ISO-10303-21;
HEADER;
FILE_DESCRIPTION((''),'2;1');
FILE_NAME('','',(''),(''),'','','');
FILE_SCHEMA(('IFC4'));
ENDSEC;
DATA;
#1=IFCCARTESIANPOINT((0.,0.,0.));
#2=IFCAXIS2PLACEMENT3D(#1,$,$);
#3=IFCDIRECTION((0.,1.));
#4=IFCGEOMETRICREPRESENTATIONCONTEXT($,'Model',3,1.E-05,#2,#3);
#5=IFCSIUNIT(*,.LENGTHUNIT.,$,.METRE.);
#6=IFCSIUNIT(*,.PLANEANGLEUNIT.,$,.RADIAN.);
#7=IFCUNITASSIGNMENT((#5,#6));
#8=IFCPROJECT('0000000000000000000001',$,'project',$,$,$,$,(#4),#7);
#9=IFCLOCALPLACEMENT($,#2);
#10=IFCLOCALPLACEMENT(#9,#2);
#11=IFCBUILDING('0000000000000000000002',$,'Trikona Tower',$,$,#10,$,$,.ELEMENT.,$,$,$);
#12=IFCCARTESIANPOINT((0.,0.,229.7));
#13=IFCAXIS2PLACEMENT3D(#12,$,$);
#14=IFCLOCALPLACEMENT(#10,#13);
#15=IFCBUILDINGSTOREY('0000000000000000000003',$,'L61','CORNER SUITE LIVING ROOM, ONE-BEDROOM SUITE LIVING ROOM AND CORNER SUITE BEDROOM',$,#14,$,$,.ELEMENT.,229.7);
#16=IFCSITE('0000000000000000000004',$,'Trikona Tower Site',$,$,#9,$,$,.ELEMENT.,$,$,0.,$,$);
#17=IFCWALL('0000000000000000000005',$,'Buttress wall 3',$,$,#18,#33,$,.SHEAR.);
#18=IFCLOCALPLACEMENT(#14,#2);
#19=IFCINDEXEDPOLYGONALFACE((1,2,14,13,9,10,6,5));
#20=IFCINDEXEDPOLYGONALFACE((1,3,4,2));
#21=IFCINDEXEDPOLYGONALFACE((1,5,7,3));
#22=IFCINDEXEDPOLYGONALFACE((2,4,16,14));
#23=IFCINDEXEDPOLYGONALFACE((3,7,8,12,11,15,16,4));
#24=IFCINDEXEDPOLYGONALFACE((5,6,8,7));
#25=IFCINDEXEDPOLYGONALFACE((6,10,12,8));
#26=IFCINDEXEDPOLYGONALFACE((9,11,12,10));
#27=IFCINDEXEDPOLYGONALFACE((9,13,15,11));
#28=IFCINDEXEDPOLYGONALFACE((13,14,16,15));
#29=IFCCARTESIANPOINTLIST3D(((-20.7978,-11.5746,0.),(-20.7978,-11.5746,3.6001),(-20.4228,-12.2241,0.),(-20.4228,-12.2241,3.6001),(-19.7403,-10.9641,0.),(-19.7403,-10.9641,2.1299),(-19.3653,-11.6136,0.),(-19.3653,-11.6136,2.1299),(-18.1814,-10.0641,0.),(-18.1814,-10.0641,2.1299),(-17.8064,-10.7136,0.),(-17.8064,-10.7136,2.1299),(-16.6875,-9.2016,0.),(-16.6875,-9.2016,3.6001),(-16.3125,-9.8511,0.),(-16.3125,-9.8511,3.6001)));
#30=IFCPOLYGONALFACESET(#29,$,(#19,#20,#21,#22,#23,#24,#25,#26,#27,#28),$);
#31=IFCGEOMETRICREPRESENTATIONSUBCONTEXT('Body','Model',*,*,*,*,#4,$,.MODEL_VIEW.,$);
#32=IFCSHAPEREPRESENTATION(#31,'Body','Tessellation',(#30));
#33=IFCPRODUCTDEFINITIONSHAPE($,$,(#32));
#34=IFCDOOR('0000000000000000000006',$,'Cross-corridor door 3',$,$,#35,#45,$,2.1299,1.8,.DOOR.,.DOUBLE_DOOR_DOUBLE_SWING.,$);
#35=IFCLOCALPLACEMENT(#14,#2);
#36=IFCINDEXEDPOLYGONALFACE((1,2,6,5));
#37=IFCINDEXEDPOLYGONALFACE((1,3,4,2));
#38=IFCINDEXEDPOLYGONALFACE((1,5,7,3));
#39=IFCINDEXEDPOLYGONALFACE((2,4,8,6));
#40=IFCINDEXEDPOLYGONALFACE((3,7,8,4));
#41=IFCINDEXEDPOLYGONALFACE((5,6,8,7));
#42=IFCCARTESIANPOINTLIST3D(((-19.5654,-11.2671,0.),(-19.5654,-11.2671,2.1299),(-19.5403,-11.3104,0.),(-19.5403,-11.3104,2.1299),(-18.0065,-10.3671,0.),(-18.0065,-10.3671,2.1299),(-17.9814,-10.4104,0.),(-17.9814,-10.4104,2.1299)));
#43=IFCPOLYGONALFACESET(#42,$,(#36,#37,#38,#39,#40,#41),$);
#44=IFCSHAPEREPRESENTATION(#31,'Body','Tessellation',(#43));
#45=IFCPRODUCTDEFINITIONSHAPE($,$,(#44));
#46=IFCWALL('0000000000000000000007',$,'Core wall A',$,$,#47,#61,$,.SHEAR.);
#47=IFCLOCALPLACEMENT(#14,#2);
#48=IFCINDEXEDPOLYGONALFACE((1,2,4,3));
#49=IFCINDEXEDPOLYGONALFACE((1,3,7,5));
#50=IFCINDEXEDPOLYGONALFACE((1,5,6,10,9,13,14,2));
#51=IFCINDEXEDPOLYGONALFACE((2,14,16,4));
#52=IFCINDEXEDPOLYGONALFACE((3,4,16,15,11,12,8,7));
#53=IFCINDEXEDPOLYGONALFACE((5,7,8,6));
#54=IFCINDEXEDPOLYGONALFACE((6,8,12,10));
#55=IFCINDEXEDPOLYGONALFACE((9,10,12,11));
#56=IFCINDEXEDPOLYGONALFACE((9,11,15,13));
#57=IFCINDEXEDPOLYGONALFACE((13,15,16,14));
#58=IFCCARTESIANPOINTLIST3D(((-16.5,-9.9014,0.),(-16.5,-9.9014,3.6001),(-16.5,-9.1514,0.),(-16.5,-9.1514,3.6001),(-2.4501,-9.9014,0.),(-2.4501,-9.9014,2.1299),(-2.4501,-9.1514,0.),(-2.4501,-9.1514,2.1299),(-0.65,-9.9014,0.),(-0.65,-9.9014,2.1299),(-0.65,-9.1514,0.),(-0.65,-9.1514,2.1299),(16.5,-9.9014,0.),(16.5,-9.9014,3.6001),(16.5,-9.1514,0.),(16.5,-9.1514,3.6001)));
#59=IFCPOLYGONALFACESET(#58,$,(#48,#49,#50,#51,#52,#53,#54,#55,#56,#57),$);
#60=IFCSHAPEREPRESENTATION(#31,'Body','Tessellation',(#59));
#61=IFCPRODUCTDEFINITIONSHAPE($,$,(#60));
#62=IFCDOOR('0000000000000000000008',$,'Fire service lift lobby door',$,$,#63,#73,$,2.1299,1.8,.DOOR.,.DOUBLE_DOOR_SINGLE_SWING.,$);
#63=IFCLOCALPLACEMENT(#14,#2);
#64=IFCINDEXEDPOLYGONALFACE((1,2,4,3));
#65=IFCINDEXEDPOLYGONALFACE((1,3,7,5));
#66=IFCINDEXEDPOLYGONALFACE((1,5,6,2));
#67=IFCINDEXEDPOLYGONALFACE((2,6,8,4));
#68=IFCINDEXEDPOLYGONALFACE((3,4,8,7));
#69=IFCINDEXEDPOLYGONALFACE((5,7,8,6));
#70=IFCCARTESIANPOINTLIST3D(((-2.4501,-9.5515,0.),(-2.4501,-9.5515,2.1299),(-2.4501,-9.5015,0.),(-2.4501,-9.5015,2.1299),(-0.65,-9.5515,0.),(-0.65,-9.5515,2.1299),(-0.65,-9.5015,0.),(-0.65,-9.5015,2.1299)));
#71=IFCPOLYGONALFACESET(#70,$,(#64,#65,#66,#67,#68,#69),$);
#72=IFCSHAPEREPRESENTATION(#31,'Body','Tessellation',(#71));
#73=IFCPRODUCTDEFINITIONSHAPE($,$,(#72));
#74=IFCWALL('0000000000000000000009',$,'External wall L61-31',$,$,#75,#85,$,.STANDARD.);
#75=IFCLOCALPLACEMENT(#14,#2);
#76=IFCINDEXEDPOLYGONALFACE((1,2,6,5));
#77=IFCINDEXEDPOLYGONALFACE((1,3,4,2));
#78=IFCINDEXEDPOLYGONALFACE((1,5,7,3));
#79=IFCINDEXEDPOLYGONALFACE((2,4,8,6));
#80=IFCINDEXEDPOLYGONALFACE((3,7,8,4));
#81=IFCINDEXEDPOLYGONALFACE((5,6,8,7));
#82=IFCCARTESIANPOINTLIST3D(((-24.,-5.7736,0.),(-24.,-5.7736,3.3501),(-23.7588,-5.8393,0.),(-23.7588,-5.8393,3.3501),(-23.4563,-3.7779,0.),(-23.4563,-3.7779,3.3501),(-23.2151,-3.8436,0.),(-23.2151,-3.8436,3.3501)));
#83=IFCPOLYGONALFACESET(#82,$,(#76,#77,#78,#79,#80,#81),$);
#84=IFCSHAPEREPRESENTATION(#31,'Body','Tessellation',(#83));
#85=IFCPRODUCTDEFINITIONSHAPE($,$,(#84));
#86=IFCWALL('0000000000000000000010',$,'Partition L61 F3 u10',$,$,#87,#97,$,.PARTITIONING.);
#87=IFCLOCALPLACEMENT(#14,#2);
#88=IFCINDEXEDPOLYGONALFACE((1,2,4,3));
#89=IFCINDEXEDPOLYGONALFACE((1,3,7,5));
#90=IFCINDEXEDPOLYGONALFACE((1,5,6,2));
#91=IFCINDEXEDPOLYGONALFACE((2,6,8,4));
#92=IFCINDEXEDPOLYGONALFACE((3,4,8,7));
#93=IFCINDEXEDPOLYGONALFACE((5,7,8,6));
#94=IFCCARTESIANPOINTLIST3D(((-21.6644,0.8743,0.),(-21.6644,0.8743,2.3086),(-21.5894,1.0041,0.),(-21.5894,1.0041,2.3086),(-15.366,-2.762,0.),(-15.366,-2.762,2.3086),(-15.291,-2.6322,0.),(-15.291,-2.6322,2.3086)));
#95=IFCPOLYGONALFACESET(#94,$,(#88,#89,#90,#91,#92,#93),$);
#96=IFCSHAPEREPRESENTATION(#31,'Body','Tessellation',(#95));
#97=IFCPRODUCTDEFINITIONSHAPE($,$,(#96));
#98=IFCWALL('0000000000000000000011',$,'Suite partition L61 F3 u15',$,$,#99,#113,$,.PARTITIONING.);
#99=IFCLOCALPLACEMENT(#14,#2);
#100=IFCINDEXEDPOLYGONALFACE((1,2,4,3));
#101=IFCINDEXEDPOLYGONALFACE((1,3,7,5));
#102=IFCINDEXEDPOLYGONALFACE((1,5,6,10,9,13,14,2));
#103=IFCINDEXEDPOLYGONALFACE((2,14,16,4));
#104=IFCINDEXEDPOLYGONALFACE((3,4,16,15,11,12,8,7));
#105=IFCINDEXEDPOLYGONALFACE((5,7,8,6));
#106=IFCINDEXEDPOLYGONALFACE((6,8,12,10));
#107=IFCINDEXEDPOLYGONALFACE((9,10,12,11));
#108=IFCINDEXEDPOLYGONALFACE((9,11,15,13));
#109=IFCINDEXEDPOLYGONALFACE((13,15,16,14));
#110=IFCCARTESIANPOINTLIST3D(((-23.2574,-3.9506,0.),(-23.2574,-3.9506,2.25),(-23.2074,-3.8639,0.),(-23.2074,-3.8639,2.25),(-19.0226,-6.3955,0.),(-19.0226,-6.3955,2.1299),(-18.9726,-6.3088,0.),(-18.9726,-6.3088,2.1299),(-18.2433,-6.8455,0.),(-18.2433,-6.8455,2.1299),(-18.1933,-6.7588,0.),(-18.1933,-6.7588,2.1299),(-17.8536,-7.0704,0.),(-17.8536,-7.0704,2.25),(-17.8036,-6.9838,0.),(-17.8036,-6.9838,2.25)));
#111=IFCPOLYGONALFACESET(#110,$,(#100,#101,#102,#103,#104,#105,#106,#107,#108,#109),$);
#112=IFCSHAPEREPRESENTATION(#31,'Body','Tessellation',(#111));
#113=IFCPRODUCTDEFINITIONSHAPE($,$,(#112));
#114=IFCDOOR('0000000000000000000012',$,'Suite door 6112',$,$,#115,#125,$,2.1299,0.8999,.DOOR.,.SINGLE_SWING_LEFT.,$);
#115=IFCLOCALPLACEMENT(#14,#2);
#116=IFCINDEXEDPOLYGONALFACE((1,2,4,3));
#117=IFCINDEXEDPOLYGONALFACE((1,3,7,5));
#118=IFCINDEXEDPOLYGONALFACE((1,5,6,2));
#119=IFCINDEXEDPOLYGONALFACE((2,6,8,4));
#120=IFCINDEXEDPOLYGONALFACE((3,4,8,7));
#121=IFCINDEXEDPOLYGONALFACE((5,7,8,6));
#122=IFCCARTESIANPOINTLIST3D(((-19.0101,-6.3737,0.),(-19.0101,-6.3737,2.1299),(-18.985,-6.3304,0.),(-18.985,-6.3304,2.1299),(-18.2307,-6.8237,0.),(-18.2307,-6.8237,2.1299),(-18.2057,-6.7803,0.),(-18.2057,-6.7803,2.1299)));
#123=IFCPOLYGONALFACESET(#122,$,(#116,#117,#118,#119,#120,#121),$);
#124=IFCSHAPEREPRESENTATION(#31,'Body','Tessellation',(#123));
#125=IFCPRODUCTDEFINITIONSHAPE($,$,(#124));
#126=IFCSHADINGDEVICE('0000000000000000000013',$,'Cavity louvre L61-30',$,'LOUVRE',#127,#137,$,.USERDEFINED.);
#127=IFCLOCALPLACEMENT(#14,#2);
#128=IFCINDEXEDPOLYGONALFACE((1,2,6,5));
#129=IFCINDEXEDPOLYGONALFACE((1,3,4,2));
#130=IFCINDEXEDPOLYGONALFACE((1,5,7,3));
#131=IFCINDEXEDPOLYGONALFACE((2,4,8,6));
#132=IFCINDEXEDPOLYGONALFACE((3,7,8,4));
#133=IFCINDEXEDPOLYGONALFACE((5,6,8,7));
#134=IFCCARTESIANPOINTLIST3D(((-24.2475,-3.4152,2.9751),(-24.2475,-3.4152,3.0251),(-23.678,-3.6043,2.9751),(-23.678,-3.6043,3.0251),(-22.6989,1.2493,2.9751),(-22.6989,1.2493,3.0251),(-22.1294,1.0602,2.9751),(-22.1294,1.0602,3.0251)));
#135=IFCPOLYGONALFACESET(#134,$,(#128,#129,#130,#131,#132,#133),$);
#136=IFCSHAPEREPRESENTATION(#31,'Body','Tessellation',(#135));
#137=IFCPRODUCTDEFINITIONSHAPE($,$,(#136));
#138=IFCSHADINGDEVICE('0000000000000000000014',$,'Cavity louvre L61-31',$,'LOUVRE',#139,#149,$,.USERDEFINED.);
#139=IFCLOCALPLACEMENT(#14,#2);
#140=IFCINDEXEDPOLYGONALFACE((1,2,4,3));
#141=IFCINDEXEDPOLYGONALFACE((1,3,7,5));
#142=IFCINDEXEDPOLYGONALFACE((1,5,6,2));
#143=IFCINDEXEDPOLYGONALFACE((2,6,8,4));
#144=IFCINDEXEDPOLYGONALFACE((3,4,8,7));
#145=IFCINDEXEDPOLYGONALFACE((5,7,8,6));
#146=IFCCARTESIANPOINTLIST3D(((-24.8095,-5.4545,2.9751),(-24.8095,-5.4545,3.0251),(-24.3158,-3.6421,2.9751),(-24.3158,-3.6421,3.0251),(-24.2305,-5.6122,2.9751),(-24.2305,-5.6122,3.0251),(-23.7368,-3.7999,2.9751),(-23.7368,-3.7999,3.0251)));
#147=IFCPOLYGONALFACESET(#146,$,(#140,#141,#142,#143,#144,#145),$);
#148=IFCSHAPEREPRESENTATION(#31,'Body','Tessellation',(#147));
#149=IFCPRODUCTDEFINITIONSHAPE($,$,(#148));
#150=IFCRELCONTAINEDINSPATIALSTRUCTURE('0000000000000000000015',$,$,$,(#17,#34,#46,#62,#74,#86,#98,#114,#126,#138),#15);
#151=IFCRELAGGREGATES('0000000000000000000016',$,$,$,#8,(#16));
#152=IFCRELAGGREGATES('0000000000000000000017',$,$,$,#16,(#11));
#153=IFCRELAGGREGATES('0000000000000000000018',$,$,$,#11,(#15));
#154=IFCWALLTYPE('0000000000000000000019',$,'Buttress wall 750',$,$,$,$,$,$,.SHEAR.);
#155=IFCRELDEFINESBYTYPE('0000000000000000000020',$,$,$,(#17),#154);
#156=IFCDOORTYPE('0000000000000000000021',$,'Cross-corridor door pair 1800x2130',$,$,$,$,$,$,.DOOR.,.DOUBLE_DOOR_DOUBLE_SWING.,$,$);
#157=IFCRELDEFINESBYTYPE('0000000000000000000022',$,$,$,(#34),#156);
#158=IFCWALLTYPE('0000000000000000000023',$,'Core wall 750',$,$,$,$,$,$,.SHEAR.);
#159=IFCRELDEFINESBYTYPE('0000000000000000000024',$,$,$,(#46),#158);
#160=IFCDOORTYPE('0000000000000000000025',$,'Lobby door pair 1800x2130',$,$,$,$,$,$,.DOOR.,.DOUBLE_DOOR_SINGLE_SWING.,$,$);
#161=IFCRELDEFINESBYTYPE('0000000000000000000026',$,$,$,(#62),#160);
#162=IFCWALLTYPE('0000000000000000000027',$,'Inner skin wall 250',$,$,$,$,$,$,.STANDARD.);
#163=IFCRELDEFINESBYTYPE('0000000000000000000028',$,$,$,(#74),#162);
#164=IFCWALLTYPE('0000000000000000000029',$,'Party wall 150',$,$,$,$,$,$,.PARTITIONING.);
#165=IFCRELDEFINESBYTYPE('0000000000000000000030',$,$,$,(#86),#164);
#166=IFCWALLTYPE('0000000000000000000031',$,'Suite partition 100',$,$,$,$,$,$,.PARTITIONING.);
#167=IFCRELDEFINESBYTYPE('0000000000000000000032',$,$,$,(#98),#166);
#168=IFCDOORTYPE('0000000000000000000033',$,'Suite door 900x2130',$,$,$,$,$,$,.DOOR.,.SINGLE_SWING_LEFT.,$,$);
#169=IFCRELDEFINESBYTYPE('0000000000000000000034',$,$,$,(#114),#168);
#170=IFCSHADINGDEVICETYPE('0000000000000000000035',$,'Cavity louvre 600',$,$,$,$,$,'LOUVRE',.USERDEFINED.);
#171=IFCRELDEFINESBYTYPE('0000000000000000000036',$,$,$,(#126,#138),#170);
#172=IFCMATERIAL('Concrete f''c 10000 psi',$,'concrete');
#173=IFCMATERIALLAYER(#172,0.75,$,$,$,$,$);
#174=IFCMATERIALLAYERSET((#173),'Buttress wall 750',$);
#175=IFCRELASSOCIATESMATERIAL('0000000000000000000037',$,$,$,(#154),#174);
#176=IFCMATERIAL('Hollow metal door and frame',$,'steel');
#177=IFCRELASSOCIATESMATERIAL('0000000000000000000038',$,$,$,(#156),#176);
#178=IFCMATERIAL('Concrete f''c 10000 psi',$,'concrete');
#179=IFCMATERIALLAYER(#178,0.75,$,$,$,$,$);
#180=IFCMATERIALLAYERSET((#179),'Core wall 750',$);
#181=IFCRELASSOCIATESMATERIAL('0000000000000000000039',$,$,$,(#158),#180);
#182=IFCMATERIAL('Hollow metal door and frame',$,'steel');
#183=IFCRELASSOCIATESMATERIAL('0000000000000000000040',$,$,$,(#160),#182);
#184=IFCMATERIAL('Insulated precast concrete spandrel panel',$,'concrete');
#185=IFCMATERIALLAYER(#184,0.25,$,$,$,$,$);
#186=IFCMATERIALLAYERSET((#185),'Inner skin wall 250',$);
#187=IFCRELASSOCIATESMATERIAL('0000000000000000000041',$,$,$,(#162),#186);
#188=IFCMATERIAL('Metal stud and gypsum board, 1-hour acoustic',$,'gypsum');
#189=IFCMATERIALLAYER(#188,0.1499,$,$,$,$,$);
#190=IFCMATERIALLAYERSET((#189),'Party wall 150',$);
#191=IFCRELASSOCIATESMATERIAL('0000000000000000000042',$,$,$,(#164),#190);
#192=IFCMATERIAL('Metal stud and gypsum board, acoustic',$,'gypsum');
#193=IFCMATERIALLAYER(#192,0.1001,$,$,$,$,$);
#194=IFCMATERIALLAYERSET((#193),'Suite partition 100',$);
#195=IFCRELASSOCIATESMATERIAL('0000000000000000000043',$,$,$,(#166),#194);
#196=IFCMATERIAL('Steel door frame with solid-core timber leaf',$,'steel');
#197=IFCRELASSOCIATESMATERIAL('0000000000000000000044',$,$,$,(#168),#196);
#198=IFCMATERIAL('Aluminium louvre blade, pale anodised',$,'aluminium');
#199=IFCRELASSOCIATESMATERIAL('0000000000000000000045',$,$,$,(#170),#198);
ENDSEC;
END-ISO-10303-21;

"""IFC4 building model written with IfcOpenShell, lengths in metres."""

from ifc_helpers import new_model, si_unit, direction, frame, frame_2d, origin, origin_2d, place, context, subcontext, project, spatial, rectangle, extrude, material, layer, layer_set, type_object, element, fill, save


model = new_model("IFC4")

# Units and contexts
model_context = context("Model", 3, precision=1e-05, world=origin(), true_north=direction((0.0, 1.0)))
body_context = subcontext(model_context, "Body", "Model", "MODEL_VIEW")
ifc_project = project(units=[si_unit("LENGTHUNIT", "METRE"), si_unit("PLANEANGLEUNIT", "RADIAN")], contexts=[model_context])

# Site, building, storey
site_placement = place(None, origin())
site = spatial("IfcSite", under=ifc_project, at=site_placement, Name="Trikona Tower Site", CompositionType="ELEMENT", RefElevation=0.0)
building_placement = place(site_placement, origin())
building = spatial("IfcBuilding", under=site, at=building_placement, Name="Trikona Tower", CompositionType="ELEMENT")
storey_placement = place(building_placement, frame((0.0, 0.0, 229.7)))
storey = spatial("IfcBuildingStorey", under=building, at=storey_placement, Name="L61", Description="CORNER SUITE LIVING ROOM, ONE-BEDROOM SUITE LIVING ROOM AND CORNER SUITE BEDROOM", CompositionType="ELEMENT", Elevation=229.7)

# Walls, openings, doors
ifc_material_1 = material(Name="Concrete f'c 10000 psi", Category="concrete")
ifc_layer_1 = layer(ifc_material_1, 0.75)
ifc_layer_set_1 = layer_set([ifc_layer_1], Name="Buttress wall 750")
wall_type_1 = type_object("IfcWallType", Name="Buttress wall 750", PredefinedType="SHEAR", material=ifc_layer_set_1)
wall_1_placement = place(storey_placement, frame((-16.5, -9.5264, 0.0), z_axis=(0.0, 0.0, 1.0), x_axis=(-0.866031, -0.49999, 0.0)))
wall_1 = element("IfcWall", 1, at=wall_1_placement, inside=storey, type_object=wall_type_1, Name="Buttress wall 3", PredefinedType="SHEAR", context=body_context, shape_type="SweptSolid", body=[
    extrude(rectangle(XDim=4.7461, YDim=0.75, at=frame_2d((2.373, 0.0))), origin(), (0.0, 0.0, 1.0), 3.6001),
])
opening_1_placement = place(wall_1_placement, frame((1.7251, 0.0, 0.0)))
opening_1 = element("IfcOpeningElement", 2, at=opening_1_placement, cuts=wall_1, PredefinedType="OPENING", context=body_context, shape_type="SweptSolid", body=[
    extrude(rectangle(XDim=1.8, YDim=2.1299, at=frame_2d((0.8999, 1.0649))), frame((0.0, 0.385, 0.0), z_axis=(0.0, -1.0, 0.0), x_axis=(1.0, 0.0, 0.0)), (0.0, 0.0, 1.0), 0.77),
])
ifc_material_2 = material(Name="Hollow metal door and frame", Category="steel")
door_type_1 = type_object("IfcDoorType", Name="Cross-corridor door pair 1800x2130", OperationType="DOUBLE_DOOR_DOUBLE_SWING", PredefinedType="DOOR", material=ifc_material_2)
door_1_placement = place(opening_1_placement, origin())
door_1 = element("IfcDoor", 3, at=door_1_placement, inside=storey, type_object=door_type_1, Name="Cross-corridor door 3", OperationType="DOUBLE_DOOR_DOUBLE_SWING", OverallHeight=2.1299, OverallWidth=1.8, PredefinedType="DOOR", context=body_context, shape_type="SweptSolid", body=[
    extrude(rectangle(XDim=1.8, YDim=2.1299, at=frame_2d((0.8999, 1.0649))), frame((0.0, 0.0249, 0.0), z_axis=(0.0, -1.0, 0.0), x_axis=(1.0, 0.0, 0.0)), (0.0, 0.0, 1.0), 0.05),
])
fill(opening_1, door_1)
ifc_material_3 = material(Name="Concrete f'c 10000 psi", Category="concrete")
ifc_layer_2 = layer(ifc_material_3, 0.75)
ifc_layer_set_2 = layer_set([ifc_layer_2], Name="Core wall 750")
wall_type_2 = type_object("IfcWallType", Name="Core wall 750", PredefinedType="SHEAR", material=ifc_layer_set_2)
wall_2_placement = place(storey_placement, frame((-16.5, -9.5264, 0.0), z_axis=(0.0, 0.0, 1.0), x_axis=(1.0, 0.0, 0.0)))
wall_2 = element("IfcWall", 4, at=wall_2_placement, inside=storey, type_object=wall_type_2, Name="Core wall A", PredefinedType="SHEAR", context=body_context, shape_type="SweptSolid", body=[
    extrude(rectangle(XDim=33.0, YDim=0.75, at=frame_2d((16.5, 0.0))), origin(), (0.0, 0.0, 1.0), 3.6001),
])
opening_2_placement = place(wall_2_placement, frame((14.05, 0.0, 0.0)))
opening_2 = element("IfcOpeningElement", 5, at=opening_2_placement, cuts=wall_2, PredefinedType="OPENING", context=body_context, shape_type="SweptSolid", body=[
    extrude(rectangle(XDim=1.8, YDim=2.1299, at=frame_2d((0.8999, 1.0649))), frame((0.0, 0.385, 0.0), z_axis=(0.0, -1.0, 0.0), x_axis=(1.0, 0.0, 0.0)), (0.0, 0.0, 1.0), 0.77),
])
ifc_material_4 = material(Name="Hollow metal door and frame", Category="steel")
door_type_2 = type_object("IfcDoorType", Name="Lobby door pair 1800x2130", OperationType="DOUBLE_DOOR_SINGLE_SWING", PredefinedType="DOOR", material=ifc_material_4)
door_2_placement = place(opening_2_placement, origin())
door_2 = element("IfcDoor", 6, at=door_2_placement, inside=storey, type_object=door_type_2, Name="Fire service lift lobby door", OperationType="DOUBLE_DOOR_SINGLE_SWING", OverallHeight=2.1299, OverallWidth=1.8, PredefinedType="DOOR", context=body_context, shape_type="SweptSolid", body=[
    extrude(rectangle(XDim=1.8, YDim=2.1299, at=frame_2d((0.8999, 1.0649))), frame((0.0, 0.0249, 0.0), z_axis=(0.0, -1.0, 0.0), x_axis=(1.0, 0.0, 0.0)), (0.0, 0.0, 1.0), 0.05),
])
fill(opening_2, door_2)

# Walls
ifc_material_5 = material(Name="Insulated precast concrete spandrel panel", Category="concrete")
ifc_layer_3 = layer(ifc_material_5, 0.25)
ifc_layer_set_3 = layer_set([ifc_layer_3], Name="Inner skin wall 250")
wall_type_3 = type_object("IfcWallType", Name="Inner skin wall 250", PredefinedType="STANDARD", material=ifc_layer_set_3)
wall_3_placement = place(storey_placement, frame((-23.3357, -3.8108, 0.0), z_axis=(0.0, 0.0, 1.0), x_axis=(-0.262868, -0.964832, 0.0)))
element("IfcWall", 7, at=wall_3_placement, inside=storey, type_object=wall_type_3, Name="External wall L61-31", PredefinedType="STANDARD", context=body_context, shape_type="SweptSolid", body=[
    extrude(rectangle(XDim=2.0684, YDim=0.25, at=frame_2d((1.0342, 0.0))), origin(), (0.0, 0.0, 1.0), 3.3501),
])
ifc_material_6 = material(Name="Metal stud and gypsum board, 1-hour acoustic", Category="gypsum")
ifc_layer_4 = layer(ifc_material_6, 0.1499)
ifc_layer_set_4 = layer_set([ifc_layer_4], Name="Party wall 150")
wall_type_4 = type_object("IfcWallType", Name="Party wall 150", PredefinedType="PARTITIONING", material=ifc_layer_set_4)
wall_4_placement = place(storey_placement, frame((-15.3286, -2.697, 0.0), z_axis=(0.0, 0.0, 1.0), x_axis=(-0.866032, 0.499988, 0.0)))
element("IfcWall", 8, at=wall_4_placement, inside=storey, type_object=wall_type_4, Name="Partition L61 F3 u10", PredefinedType="PARTITIONING", context=body_context, shape_type="SweptSolid", body=[
    extrude(rectangle(XDim=7.2727, YDim=0.1499, at=frame_2d((3.6362, 0.0))), origin(), (0.0, 0.0, 1.0), 2.3086),
])

# Wall, opening, door
ifc_material_7 = material(Name="Metal stud and gypsum board, acoustic", Category="gypsum")
ifc_layer_5 = layer(ifc_material_7, 0.1001)
ifc_layer_set_5 = layer_set([ifc_layer_5], Name="Suite partition 100")
wall_type_5 = type_object("IfcWallType", Name="Suite partition 100", PredefinedType="PARTITIONING", material=ifc_layer_set_5)
wall_5_placement = place(storey_placement, frame((-17.8286, -7.0271, 0.0), z_axis=(0.0, 0.0, 1.0), x_axis=(-0.866027, 0.499998, 0.0)))
wall_5 = element("IfcWall", 9, at=wall_5_placement, inside=storey, type_object=wall_type_5, Name="Suite partition L61 F3 u15", PredefinedType="PARTITIONING", context=body_context, shape_type="SweptSolid", body=[
    extrude(rectangle(XDim=6.2397, YDim=0.1001, at=frame_2d((3.1199, 0.0))), origin(), (0.0, 0.0, 1.0), 2.25),
])
opening_3_placement = place(wall_5_placement, frame((0.45, 0.0, 0.0)))
opening_3 = element("IfcOpeningElement", 10, at=opening_3_placement, cuts=wall_5, PredefinedType="OPENING", context=body_context, shape_type="SweptSolid", body=[
    extrude(rectangle(XDim=0.8999, YDim=2.1299, at=frame_2d((0.45, 1.0649))), frame((0.0, 0.0601, 0.0), z_axis=(0.0, -1.0, 0.0), x_axis=(1.0, 0.0, 0.0)), (0.0, 0.0, 1.0), 0.1201),
])
ifc_material_8 = material(Name="Steel door frame with solid-core timber leaf", Category="steel")
door_type_3 = type_object("IfcDoorType", Name="Suite door 900x2130", OperationType="SINGLE_SWING_LEFT", PredefinedType="DOOR", material=ifc_material_8)
door_3_placement = place(opening_3_placement, origin())
door_3 = element("IfcDoor", 11, at=door_3_placement, inside=storey, type_object=door_type_3, Name="Suite door 6112", OperationType="SINGLE_SWING_LEFT", OverallHeight=2.1299, OverallWidth=0.8999, PredefinedType="DOOR", context=body_context, shape_type="SweptSolid", body=[
    extrude(rectangle(XDim=0.8999, YDim=2.1299, at=frame_2d((0.45, 1.0649))), frame((0.0, 0.0249, 0.0), z_axis=(0.0, -1.0, 0.0), x_axis=(1.0, 0.0, 0.0)), (0.0, 0.0, 1.0), 0.05),
])
fill(opening_3, door_3)

# Shading devices
ifc_material_9 = material(Name="Aluminium louvre blade, pale anodised", Category="aluminium")
shading_device_type = type_object("IfcShadingDeviceType", Name="Cavity louvre 600", ElementType="LOUVRE", PredefinedType="USERDEFINED", material=ifc_material_9)
shading_device_1_placement = place(storey_placement, frame((-23.1885, -1.1775, 2.9751), z_axis=(0.0, 0.0, 1.0), x_axis=(-0.315093, -0.949061, 0.0)))
element("IfcShadingDevice", 12, at=shading_device_1_placement, inside=storey, type_object=shading_device_type, Name="Cavity louvre L61-30", ObjectType="LOUVRE", PredefinedType="USERDEFINED", context=body_context, shape_type="SweptSolid", body=[
    extrude(rectangle(XDim=4.9148, YDim=0.6001, at=origin_2d()), origin(), (0.0, 0.0, 1.0), 0.05),
])
shading_device_2_placement = place(storey_placement, frame((-24.2732, -4.6272, 2.9751), z_axis=(0.0, 0.0, 1.0), x_axis=(-0.262822, -0.964844, 0.0)))
element("IfcShadingDevice", 13, at=shading_device_2_placement, inside=storey, type_object=shading_device_type, Name="Cavity louvre L61-31", ObjectType="LOUVRE", PredefinedType="USERDEFINED", context=body_context, shape_type="SweptSolid", body=[
    extrude(rectangle(XDim=1.8784, YDim=0.6001, at=origin_2d()), origin(), (0.0, 0.0, 1.0), 0.05),
])

save(model, "model.ifc")
